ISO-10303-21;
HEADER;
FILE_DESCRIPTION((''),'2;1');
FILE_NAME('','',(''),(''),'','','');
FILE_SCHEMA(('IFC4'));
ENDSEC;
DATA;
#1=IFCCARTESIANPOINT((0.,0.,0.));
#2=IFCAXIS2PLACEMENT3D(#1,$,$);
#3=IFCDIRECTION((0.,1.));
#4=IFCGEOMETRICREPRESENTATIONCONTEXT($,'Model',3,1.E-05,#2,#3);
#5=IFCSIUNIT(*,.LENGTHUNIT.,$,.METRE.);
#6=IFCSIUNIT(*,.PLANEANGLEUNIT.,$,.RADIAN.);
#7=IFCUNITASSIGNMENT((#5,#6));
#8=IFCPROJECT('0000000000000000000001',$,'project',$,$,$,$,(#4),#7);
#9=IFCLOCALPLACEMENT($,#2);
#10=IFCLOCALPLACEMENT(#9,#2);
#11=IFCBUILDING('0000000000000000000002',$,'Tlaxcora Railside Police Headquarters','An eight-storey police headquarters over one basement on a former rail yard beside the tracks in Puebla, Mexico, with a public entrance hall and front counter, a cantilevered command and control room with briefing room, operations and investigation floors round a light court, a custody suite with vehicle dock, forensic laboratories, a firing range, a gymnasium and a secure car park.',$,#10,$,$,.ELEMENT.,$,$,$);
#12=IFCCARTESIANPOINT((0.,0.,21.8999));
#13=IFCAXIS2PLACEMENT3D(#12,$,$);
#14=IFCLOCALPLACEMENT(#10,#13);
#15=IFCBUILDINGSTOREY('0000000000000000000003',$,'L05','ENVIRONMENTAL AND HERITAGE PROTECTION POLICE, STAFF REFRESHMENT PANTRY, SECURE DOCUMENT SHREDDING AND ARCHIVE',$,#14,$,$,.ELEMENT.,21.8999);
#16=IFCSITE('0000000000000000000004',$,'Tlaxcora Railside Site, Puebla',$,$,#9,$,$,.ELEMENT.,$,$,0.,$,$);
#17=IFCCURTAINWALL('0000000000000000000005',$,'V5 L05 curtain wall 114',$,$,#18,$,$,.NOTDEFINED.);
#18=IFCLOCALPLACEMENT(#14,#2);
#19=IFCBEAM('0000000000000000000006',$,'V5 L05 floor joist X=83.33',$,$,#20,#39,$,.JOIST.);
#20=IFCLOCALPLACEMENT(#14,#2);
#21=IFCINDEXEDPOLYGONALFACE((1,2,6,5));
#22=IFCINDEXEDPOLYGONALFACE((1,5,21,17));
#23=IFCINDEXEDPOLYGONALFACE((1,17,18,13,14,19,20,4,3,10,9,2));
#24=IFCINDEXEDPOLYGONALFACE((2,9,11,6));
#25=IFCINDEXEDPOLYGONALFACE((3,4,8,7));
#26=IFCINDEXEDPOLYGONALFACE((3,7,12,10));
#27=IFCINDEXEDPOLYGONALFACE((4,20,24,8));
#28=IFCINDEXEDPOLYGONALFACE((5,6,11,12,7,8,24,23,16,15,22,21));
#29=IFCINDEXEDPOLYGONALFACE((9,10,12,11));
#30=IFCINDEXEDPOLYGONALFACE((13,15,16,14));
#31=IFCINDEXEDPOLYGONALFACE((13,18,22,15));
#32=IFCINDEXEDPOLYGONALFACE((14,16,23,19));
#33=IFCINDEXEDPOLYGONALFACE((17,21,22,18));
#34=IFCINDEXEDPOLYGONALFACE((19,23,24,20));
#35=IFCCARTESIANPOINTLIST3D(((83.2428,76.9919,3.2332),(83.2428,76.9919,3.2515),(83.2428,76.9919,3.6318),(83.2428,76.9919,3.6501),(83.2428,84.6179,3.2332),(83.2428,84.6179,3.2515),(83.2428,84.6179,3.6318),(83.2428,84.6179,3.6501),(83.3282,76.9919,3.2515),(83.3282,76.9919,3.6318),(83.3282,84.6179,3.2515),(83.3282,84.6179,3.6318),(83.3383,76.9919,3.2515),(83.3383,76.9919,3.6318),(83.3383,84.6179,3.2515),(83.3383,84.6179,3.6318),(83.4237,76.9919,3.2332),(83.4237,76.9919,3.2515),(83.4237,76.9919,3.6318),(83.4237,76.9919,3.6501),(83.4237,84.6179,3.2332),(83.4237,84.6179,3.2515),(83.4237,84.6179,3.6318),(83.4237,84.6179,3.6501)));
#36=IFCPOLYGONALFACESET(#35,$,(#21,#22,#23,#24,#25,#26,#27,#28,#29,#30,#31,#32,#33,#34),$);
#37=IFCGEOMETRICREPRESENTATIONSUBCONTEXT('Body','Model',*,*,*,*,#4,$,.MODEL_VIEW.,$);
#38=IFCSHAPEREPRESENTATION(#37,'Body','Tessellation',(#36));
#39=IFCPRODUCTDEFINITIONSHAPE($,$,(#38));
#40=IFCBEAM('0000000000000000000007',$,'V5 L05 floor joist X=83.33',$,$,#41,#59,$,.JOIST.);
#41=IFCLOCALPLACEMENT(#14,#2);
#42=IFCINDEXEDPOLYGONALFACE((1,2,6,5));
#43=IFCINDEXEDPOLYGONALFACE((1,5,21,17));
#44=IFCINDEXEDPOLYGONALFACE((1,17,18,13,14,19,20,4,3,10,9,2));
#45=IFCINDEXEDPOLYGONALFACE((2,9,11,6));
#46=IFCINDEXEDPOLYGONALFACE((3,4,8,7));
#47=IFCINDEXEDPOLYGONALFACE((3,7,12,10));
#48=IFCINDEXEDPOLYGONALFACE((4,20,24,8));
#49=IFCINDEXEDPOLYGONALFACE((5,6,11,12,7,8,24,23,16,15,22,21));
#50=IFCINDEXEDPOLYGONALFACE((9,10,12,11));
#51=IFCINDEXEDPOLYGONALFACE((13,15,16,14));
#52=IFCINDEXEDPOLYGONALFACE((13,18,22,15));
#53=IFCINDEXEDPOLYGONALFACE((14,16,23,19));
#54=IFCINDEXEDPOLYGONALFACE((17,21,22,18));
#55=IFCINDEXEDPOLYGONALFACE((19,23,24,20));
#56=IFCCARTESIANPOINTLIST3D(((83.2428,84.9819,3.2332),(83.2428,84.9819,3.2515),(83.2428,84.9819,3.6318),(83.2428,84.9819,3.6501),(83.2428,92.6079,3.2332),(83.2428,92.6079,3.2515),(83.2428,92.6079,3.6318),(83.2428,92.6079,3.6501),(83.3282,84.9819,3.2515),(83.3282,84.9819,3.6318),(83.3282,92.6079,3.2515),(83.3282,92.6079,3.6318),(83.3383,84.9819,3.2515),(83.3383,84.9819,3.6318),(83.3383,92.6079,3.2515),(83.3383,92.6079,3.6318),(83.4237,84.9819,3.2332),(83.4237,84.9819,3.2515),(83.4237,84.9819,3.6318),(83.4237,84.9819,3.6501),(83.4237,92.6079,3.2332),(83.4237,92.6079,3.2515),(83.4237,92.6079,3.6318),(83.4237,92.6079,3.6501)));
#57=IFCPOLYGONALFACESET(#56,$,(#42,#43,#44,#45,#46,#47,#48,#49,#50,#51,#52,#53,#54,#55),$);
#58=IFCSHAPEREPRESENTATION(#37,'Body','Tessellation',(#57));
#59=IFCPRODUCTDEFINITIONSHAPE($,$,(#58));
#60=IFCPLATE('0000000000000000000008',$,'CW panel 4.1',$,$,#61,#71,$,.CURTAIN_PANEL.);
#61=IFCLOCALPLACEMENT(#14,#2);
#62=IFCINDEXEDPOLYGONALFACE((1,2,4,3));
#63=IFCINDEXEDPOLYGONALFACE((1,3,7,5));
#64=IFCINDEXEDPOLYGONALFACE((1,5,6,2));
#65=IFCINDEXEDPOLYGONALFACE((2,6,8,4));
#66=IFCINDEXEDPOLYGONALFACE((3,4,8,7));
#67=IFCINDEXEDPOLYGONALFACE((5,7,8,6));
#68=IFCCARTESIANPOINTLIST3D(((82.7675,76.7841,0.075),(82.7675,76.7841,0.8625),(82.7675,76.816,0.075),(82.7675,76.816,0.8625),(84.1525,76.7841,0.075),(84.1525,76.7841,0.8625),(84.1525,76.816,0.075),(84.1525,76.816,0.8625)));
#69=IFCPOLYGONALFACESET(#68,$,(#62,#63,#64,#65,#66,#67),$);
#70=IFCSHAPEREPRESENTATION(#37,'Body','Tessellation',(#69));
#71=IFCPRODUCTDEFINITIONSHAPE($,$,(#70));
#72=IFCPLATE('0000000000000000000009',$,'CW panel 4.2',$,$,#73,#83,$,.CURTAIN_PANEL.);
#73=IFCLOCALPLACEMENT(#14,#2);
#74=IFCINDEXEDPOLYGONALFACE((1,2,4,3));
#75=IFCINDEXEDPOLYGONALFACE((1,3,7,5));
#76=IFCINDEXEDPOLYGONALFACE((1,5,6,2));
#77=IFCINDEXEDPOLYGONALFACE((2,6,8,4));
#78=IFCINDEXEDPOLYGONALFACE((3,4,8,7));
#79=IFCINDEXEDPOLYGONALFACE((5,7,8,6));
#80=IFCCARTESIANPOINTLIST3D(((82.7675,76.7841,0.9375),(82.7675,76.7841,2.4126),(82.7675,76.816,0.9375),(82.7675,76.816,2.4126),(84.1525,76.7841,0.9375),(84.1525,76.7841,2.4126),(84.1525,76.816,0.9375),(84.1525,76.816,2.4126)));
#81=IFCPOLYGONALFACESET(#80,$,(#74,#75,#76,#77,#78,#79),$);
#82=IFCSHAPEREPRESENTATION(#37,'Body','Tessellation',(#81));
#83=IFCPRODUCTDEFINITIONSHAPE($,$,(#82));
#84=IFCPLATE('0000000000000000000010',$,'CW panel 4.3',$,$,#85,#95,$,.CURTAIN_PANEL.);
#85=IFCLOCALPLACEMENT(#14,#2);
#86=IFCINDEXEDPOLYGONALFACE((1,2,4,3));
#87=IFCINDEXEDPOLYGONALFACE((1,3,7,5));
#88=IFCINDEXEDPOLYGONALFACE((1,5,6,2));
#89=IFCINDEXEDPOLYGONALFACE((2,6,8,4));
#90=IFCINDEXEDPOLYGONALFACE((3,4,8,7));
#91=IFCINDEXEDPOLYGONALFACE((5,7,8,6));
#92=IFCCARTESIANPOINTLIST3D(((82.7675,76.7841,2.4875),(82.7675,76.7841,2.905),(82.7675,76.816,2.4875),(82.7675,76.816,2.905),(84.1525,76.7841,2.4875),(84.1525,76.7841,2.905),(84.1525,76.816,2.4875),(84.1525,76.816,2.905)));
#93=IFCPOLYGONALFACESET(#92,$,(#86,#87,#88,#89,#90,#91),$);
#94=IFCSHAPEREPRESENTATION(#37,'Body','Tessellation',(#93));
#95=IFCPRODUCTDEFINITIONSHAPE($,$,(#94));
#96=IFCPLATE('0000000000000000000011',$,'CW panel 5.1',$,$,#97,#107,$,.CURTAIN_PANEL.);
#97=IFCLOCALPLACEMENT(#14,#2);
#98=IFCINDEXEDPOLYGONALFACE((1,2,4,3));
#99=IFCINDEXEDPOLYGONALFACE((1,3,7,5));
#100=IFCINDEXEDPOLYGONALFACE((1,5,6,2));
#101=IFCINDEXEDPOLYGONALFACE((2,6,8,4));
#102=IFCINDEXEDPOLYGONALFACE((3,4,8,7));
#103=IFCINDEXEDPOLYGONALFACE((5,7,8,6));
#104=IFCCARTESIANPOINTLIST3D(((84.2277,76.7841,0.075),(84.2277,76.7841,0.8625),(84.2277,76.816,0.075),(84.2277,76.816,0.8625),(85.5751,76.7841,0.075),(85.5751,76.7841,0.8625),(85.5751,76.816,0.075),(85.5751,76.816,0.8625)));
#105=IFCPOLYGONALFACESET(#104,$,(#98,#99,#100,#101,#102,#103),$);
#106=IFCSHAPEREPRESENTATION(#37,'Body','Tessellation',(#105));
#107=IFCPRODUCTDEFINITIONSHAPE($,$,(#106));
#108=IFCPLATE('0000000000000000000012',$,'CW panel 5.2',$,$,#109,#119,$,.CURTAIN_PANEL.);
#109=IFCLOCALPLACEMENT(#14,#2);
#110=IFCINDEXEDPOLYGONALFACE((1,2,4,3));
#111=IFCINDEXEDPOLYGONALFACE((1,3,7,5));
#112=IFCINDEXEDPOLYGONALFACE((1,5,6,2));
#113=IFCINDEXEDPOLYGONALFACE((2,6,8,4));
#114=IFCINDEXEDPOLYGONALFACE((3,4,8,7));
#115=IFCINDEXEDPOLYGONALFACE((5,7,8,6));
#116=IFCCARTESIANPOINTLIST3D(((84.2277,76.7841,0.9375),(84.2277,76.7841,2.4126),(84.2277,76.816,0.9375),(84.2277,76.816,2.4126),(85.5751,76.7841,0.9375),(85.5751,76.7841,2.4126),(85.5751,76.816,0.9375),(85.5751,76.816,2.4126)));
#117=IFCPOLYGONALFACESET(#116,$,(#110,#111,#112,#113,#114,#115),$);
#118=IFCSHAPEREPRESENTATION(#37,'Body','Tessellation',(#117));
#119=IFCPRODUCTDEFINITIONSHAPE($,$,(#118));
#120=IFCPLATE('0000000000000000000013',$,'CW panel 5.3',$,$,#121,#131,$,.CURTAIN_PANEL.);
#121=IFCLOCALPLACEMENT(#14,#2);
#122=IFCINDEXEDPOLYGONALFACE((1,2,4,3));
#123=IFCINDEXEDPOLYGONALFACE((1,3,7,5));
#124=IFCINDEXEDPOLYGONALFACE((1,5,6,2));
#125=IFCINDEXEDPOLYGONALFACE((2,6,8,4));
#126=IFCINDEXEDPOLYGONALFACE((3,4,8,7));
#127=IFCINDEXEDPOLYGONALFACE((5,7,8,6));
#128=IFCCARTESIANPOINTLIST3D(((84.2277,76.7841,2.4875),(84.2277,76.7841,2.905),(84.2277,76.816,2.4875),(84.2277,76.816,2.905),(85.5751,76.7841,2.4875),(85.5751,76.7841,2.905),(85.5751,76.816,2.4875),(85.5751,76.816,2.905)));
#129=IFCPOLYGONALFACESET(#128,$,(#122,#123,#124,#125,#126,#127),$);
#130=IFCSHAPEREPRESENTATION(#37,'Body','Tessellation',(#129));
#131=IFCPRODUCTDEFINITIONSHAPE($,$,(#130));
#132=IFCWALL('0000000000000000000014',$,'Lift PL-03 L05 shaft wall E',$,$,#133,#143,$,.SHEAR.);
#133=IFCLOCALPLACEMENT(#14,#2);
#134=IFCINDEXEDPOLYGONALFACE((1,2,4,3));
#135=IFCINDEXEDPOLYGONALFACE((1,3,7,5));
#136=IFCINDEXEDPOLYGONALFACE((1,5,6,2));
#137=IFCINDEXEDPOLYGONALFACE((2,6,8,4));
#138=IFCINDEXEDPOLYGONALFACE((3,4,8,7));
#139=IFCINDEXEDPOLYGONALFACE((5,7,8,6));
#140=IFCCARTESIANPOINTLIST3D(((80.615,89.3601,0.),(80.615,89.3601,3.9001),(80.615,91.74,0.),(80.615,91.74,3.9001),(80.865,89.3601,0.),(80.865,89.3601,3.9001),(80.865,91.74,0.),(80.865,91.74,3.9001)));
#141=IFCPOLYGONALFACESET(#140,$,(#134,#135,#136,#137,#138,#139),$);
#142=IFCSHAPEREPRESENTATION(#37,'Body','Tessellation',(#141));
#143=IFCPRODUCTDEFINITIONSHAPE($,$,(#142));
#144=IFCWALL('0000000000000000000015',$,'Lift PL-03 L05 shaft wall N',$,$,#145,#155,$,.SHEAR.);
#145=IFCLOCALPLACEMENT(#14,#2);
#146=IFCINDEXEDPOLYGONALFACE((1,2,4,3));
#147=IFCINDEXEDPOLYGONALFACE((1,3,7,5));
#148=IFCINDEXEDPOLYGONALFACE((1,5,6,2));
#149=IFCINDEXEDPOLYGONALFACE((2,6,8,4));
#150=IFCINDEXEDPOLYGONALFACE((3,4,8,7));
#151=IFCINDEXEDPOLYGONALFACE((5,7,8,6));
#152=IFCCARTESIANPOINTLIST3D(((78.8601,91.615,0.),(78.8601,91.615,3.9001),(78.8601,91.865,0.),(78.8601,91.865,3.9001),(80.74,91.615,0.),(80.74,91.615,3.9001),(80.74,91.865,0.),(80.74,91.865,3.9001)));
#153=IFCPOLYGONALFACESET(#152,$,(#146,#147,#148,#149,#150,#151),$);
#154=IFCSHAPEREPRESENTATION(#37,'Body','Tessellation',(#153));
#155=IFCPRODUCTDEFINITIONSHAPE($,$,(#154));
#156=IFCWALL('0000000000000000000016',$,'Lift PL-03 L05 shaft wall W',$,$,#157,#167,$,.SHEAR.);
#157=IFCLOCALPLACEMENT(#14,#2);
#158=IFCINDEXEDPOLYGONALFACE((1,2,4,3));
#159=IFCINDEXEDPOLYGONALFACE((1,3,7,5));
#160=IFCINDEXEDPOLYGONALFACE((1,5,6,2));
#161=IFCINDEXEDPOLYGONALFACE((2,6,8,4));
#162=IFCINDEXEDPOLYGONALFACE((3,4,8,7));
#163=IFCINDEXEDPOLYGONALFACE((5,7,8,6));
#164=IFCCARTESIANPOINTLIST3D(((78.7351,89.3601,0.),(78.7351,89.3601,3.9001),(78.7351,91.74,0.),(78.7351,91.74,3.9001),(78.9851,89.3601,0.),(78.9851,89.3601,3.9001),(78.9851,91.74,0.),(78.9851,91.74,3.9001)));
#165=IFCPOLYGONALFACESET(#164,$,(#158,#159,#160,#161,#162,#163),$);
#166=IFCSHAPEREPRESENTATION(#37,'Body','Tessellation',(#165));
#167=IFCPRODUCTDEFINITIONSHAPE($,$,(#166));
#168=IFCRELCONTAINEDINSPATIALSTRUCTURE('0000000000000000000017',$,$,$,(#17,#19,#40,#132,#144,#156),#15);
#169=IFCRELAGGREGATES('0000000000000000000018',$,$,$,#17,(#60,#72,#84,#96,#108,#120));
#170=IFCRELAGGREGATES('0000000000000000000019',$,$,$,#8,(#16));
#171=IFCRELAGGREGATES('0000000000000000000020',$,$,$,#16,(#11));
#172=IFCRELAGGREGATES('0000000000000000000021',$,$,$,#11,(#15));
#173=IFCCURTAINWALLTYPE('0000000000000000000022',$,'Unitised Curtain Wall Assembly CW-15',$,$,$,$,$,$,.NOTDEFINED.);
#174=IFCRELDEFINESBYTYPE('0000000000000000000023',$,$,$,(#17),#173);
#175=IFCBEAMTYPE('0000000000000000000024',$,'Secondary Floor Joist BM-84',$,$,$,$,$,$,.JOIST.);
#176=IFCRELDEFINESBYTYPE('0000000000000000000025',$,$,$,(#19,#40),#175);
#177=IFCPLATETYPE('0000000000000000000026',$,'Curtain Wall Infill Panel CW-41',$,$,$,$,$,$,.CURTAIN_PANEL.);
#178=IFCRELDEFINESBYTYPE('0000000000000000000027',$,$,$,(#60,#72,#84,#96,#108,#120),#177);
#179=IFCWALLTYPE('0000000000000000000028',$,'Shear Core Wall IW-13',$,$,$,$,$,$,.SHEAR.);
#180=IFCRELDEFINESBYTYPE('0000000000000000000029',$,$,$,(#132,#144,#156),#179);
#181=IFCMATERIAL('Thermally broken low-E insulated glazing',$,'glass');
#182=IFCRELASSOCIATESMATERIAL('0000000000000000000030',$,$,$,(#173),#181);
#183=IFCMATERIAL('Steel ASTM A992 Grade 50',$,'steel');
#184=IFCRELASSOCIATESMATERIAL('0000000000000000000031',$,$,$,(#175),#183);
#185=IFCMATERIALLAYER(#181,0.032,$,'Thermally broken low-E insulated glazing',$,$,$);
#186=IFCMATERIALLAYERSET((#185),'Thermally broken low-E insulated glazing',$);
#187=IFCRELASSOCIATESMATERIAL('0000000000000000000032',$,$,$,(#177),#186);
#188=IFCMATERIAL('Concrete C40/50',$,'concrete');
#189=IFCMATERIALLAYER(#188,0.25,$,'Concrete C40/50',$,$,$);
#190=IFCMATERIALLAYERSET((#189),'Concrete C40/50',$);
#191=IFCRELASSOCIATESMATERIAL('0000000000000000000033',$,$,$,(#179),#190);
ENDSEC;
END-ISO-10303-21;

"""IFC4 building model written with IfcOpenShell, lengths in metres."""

from ifc_helpers import new_model, si_unit, direction, frame, frame_2d, origin, origin_2d, place, context, subcontext, project, spatial, rectangle, i_section, extrude, material, layer, layer_set, material_profile, profile_set, type_object, element, aggregate, save


model = new_model("IFC4")

# Units and contexts
model_context = context("Model", 3, precision=1e-05, world=origin(), true_north=direction((0.0, 1.0)))
body_context = subcontext(model_context, "Body", "Model", "MODEL_VIEW")
ifc_project = project(units=[si_unit("LENGTHUNIT", "METRE"), si_unit("PLANEANGLEUNIT", "RADIAN")], contexts=[model_context])

# Site, building, storey
site_placement = place(None, origin())
site = spatial("IfcSite", under=ifc_project, at=site_placement, Name="Tlaxcora Railside Site, Puebla", CompositionType="ELEMENT", RefElevation=0.0)
building_placement = place(site_placement, origin())
building = spatial("IfcBuilding", under=site, at=building_placement, Name="Tlaxcora Railside Police Headquarters", Description="An eight-storey police headquarters over one basement on a former rail yard beside the tracks in Puebla, Mexico, with a public entrance hall and front counter, a cantilevered command and control room with briefing room, operations and investigation floors round a light court, a custody suite with vehicle dock, forensic laboratories, a firing range, a gymnasium and a secure car park.", CompositionType="ELEMENT")
storey_placement = place(building_placement, frame((0.0, 0.0, 21.8999)))
storey = spatial("IfcBuildingStorey", under=building, at=storey_placement, Name="L05", Description="ENVIRONMENTAL AND HERITAGE PROTECTION POLICE, STAFF REFRESHMENT PANTRY, SECURE DOCUMENT SHREDDING AND ARCHIVE", CompositionType="ELEMENT", Elevation=21.8999)

# Shared definitions
ifc_material_1 = material(Name="Concrete C40/50", Category="concrete")

# Curtain wall
ifc_material_2 = material(Name="Thermally broken low-E insulated glazing", Category="glass")
curtain_wall_type = type_object("IfcCurtainWallType", Name="Unitised Curtain Wall Assembly CW-15", PredefinedType="NOTDEFINED", material=ifc_material_2)
curtain_wall_placement = place(storey_placement, origin())
curtain_wall = element("IfcCurtainWall", 1, at=curtain_wall_placement, inside=storey, type_object=curtain_wall_type, Name="V5 L05 curtain wall 114", PredefinedType="NOTDEFINED")

# Beams
ifc_material_3 = material(Name="Steel ASTM A992 Grade 50", Category="steel")
ifc_material_profile_1 = material_profile(ifc_material_3, i_section(OverallWidth=0.1809, OverallDepth=0.417, WebThickness=0.01, FlangeThickness=0.0183, at=origin_2d()), Name="W16X57")
ifc_profile_set_1 = profile_set([ifc_material_profile_1], Name="Steel ASTM A992 Grade 50")
beam_type_1 = type_object("IfcBeamType", Name="Secondary Floor Joist BM-84", PredefinedType="JOIST", material=ifc_profile_set_1)
for number, where, z_axis, x_axis, name in (
    (2, (83.3333, 76.9919, 3.4417), (0.0, 1.0, 0.0), (-1.0, 0.0, 0.0), "V5 L05 floor joist X=83.33"),
    (3, (83.3333, 84.9819, 3.4417), (0.0, 1.0, 0.0), (-1.0, 0.0, 0.0), "V5 L05 floor joist X=83.33"),
):
    element("IfcBeam", number, at=place(storey_placement, frame(where, z_axis=z_axis, x_axis=x_axis)), inside=storey, type_object=beam_type_1, Name=name, PredefinedType="JOIST", context=body_context, shape_type="SweptSolid", body=[
        extrude(i_section(OverallWidth=0.1809, OverallDepth=0.417, WebThickness=0.01, FlangeThickness=0.0183, at=origin_2d()), origin(), (0.0, 0.0, 1.0), 7.626),
    ])

# Plates
ifc_layer_1 = layer(ifc_material_2, 0.032, Name="Thermally broken low-E insulated glazing")
ifc_layer_set_1 = layer_set([ifc_layer_1], Name="Thermally broken low-E insulated glazing")
plate_type = type_object("IfcPlateType", Name="Curtain Wall Infill Panel CW-41", PredefinedType="CURTAIN_PANEL", material=ifc_layer_set_1)
plate_1_placement = place(storey_placement, frame((83.46, 76.8, 0.075), z_axis=(0.0, 0.0, 1.0), x_axis=(1.0, 0.0, 0.0)))
plate_1 = element("IfcPlate", 4, at=plate_1_placement, type_object=plate_type, Name="CW panel 4.1", PredefinedType="CURTAIN_PANEL", context=body_context, shape_type="SweptSolid", body=[
    extrude(rectangle(XDim=1.385, YDim=0.032, at=origin_2d()), origin(), (0.0, 0.0, 1.0), 0.7876),
])
plate_2_placement = place(storey_placement, frame((83.46, 76.8, 0.9375), z_axis=(0.0, 0.0, 1.0), x_axis=(1.0, 0.0, 0.0)))
plate_2 = element("IfcPlate", 5, at=plate_2_placement, type_object=plate_type, Name="CW panel 4.2", PredefinedType="CURTAIN_PANEL", context=body_context, shape_type="SweptSolid", body=[
    extrude(rectangle(XDim=1.385, YDim=0.032, at=origin_2d()), origin(), (0.0, 0.0, 1.0), 1.4751),
])
plate_3_placement = place(storey_placement, frame((83.46, 76.8, 2.4875), z_axis=(0.0, 0.0, 1.0), x_axis=(1.0, 0.0, 0.0)))
plate_3 = element("IfcPlate", 6, at=plate_3_placement, type_object=plate_type, Name="CW panel 4.3", PredefinedType="CURTAIN_PANEL", context=body_context, shape_type="SweptSolid", body=[
    extrude(rectangle(XDim=1.385, YDim=0.032, at=origin_2d()), origin(), (0.0, 0.0, 1.0), 0.4175),
])
plate_4_placement = place(storey_placement, frame((84.9014, 76.8, 0.075), z_axis=(0.0, 0.0, 1.0), x_axis=(1.0, 0.0, 0.0)))
plate_4 = element("IfcPlate", 7, at=plate_4_placement, type_object=plate_type, Name="CW panel 5.1", PredefinedType="CURTAIN_PANEL", context=body_context, shape_type="SweptSolid", body=[
    extrude(rectangle(XDim=1.3474, YDim=0.032, at=origin_2d()), origin(), (0.0, 0.0, 1.0), 0.7876),
])
plate_5_placement = place(storey_placement, frame((84.9014, 76.8, 0.9375), z_axis=(0.0, 0.0, 1.0), x_axis=(1.0, 0.0, 0.0)))
plate_5 = element("IfcPlate", 8, at=plate_5_placement, type_object=plate_type, Name="CW panel 5.2", PredefinedType="CURTAIN_PANEL", context=body_context, shape_type="SweptSolid", body=[
    extrude(rectangle(XDim=1.3474, YDim=0.032, at=origin_2d()), origin(), (0.0, 0.0, 1.0), 1.4751),
])
plate_6_placement = place(storey_placement, frame((84.9014, 76.8, 2.4875), z_axis=(0.0, 0.0, 1.0), x_axis=(1.0, 0.0, 0.0)))
plate_6 = element("IfcPlate", 9, at=plate_6_placement, type_object=plate_type, Name="CW panel 5.3", PredefinedType="CURTAIN_PANEL", context=body_context, shape_type="SweptSolid", body=[
    extrude(rectangle(XDim=1.3474, YDim=0.032, at=origin_2d()), origin(), (0.0, 0.0, 1.0), 0.4175),
])
aggregate(curtain_wall, [plate_1, plate_2, plate_3, plate_4, plate_5, plate_6])

# Walls
ifc_layer_2 = layer(ifc_material_1, 0.25, Name="Concrete C40/50")
ifc_layer_set_2 = layer_set([ifc_layer_2], Name="Concrete C40/50")
wall_type_1 = type_object("IfcWallType", Name="Shear Core Wall IW-13", PredefinedType="SHEAR", material=ifc_layer_set_2)
wall_1_placement = place(storey_placement, frame((80.74, 89.3601, 0.0), z_axis=(0.0, 0.0, 1.0), x_axis=(0.0, 1.0, 0.0)))
element("IfcWall", 10, at=wall_1_placement, inside=storey, type_object=wall_type_1, Name="Lift PL-03 L05 shaft wall E", PredefinedType="SHEAR", context=body_context, shape_type="SweptSolid", body=[
    extrude(rectangle(XDim=2.3799, YDim=0.25, at=frame_2d((1.1899, 0.0))), origin(), (0.0, 0.0, 1.0), 3.9001),
])
wall_2_placement = place(storey_placement, frame((80.74, 91.74, 0.0), z_axis=(0.0, 0.0, 1.0), x_axis=(-1.0, 0.0, 0.0)))
element("IfcWall", 11, at=wall_2_placement, inside=storey, type_object=wall_type_1, Name="Lift PL-03 L05 shaft wall N", PredefinedType="SHEAR", context=body_context, shape_type="SweptSolid", body=[
    extrude(rectangle(XDim=1.8799, YDim=0.25, at=frame_2d((0.9399, 0.0))), origin(), (0.0, 0.0, 1.0), 3.9001),
])
wall_3_placement = place(storey_placement, frame((78.8601, 91.74, 0.0), z_axis=(0.0, 0.0, 1.0), x_axis=(0.0, -1.0, 0.0)))
element("IfcWall", 12, at=wall_3_placement, inside=storey, type_object=wall_type_1, Name="Lift PL-03 L05 shaft wall W", PredefinedType="SHEAR", context=body_context, shape_type="SweptSolid", body=[
    extrude(rectangle(XDim=2.3799, YDim=0.25, at=frame_2d((1.1899, 0.0))), origin(), (0.0, 0.0, 1.0), 3.9001),
])

save(model, "model.ifc")
